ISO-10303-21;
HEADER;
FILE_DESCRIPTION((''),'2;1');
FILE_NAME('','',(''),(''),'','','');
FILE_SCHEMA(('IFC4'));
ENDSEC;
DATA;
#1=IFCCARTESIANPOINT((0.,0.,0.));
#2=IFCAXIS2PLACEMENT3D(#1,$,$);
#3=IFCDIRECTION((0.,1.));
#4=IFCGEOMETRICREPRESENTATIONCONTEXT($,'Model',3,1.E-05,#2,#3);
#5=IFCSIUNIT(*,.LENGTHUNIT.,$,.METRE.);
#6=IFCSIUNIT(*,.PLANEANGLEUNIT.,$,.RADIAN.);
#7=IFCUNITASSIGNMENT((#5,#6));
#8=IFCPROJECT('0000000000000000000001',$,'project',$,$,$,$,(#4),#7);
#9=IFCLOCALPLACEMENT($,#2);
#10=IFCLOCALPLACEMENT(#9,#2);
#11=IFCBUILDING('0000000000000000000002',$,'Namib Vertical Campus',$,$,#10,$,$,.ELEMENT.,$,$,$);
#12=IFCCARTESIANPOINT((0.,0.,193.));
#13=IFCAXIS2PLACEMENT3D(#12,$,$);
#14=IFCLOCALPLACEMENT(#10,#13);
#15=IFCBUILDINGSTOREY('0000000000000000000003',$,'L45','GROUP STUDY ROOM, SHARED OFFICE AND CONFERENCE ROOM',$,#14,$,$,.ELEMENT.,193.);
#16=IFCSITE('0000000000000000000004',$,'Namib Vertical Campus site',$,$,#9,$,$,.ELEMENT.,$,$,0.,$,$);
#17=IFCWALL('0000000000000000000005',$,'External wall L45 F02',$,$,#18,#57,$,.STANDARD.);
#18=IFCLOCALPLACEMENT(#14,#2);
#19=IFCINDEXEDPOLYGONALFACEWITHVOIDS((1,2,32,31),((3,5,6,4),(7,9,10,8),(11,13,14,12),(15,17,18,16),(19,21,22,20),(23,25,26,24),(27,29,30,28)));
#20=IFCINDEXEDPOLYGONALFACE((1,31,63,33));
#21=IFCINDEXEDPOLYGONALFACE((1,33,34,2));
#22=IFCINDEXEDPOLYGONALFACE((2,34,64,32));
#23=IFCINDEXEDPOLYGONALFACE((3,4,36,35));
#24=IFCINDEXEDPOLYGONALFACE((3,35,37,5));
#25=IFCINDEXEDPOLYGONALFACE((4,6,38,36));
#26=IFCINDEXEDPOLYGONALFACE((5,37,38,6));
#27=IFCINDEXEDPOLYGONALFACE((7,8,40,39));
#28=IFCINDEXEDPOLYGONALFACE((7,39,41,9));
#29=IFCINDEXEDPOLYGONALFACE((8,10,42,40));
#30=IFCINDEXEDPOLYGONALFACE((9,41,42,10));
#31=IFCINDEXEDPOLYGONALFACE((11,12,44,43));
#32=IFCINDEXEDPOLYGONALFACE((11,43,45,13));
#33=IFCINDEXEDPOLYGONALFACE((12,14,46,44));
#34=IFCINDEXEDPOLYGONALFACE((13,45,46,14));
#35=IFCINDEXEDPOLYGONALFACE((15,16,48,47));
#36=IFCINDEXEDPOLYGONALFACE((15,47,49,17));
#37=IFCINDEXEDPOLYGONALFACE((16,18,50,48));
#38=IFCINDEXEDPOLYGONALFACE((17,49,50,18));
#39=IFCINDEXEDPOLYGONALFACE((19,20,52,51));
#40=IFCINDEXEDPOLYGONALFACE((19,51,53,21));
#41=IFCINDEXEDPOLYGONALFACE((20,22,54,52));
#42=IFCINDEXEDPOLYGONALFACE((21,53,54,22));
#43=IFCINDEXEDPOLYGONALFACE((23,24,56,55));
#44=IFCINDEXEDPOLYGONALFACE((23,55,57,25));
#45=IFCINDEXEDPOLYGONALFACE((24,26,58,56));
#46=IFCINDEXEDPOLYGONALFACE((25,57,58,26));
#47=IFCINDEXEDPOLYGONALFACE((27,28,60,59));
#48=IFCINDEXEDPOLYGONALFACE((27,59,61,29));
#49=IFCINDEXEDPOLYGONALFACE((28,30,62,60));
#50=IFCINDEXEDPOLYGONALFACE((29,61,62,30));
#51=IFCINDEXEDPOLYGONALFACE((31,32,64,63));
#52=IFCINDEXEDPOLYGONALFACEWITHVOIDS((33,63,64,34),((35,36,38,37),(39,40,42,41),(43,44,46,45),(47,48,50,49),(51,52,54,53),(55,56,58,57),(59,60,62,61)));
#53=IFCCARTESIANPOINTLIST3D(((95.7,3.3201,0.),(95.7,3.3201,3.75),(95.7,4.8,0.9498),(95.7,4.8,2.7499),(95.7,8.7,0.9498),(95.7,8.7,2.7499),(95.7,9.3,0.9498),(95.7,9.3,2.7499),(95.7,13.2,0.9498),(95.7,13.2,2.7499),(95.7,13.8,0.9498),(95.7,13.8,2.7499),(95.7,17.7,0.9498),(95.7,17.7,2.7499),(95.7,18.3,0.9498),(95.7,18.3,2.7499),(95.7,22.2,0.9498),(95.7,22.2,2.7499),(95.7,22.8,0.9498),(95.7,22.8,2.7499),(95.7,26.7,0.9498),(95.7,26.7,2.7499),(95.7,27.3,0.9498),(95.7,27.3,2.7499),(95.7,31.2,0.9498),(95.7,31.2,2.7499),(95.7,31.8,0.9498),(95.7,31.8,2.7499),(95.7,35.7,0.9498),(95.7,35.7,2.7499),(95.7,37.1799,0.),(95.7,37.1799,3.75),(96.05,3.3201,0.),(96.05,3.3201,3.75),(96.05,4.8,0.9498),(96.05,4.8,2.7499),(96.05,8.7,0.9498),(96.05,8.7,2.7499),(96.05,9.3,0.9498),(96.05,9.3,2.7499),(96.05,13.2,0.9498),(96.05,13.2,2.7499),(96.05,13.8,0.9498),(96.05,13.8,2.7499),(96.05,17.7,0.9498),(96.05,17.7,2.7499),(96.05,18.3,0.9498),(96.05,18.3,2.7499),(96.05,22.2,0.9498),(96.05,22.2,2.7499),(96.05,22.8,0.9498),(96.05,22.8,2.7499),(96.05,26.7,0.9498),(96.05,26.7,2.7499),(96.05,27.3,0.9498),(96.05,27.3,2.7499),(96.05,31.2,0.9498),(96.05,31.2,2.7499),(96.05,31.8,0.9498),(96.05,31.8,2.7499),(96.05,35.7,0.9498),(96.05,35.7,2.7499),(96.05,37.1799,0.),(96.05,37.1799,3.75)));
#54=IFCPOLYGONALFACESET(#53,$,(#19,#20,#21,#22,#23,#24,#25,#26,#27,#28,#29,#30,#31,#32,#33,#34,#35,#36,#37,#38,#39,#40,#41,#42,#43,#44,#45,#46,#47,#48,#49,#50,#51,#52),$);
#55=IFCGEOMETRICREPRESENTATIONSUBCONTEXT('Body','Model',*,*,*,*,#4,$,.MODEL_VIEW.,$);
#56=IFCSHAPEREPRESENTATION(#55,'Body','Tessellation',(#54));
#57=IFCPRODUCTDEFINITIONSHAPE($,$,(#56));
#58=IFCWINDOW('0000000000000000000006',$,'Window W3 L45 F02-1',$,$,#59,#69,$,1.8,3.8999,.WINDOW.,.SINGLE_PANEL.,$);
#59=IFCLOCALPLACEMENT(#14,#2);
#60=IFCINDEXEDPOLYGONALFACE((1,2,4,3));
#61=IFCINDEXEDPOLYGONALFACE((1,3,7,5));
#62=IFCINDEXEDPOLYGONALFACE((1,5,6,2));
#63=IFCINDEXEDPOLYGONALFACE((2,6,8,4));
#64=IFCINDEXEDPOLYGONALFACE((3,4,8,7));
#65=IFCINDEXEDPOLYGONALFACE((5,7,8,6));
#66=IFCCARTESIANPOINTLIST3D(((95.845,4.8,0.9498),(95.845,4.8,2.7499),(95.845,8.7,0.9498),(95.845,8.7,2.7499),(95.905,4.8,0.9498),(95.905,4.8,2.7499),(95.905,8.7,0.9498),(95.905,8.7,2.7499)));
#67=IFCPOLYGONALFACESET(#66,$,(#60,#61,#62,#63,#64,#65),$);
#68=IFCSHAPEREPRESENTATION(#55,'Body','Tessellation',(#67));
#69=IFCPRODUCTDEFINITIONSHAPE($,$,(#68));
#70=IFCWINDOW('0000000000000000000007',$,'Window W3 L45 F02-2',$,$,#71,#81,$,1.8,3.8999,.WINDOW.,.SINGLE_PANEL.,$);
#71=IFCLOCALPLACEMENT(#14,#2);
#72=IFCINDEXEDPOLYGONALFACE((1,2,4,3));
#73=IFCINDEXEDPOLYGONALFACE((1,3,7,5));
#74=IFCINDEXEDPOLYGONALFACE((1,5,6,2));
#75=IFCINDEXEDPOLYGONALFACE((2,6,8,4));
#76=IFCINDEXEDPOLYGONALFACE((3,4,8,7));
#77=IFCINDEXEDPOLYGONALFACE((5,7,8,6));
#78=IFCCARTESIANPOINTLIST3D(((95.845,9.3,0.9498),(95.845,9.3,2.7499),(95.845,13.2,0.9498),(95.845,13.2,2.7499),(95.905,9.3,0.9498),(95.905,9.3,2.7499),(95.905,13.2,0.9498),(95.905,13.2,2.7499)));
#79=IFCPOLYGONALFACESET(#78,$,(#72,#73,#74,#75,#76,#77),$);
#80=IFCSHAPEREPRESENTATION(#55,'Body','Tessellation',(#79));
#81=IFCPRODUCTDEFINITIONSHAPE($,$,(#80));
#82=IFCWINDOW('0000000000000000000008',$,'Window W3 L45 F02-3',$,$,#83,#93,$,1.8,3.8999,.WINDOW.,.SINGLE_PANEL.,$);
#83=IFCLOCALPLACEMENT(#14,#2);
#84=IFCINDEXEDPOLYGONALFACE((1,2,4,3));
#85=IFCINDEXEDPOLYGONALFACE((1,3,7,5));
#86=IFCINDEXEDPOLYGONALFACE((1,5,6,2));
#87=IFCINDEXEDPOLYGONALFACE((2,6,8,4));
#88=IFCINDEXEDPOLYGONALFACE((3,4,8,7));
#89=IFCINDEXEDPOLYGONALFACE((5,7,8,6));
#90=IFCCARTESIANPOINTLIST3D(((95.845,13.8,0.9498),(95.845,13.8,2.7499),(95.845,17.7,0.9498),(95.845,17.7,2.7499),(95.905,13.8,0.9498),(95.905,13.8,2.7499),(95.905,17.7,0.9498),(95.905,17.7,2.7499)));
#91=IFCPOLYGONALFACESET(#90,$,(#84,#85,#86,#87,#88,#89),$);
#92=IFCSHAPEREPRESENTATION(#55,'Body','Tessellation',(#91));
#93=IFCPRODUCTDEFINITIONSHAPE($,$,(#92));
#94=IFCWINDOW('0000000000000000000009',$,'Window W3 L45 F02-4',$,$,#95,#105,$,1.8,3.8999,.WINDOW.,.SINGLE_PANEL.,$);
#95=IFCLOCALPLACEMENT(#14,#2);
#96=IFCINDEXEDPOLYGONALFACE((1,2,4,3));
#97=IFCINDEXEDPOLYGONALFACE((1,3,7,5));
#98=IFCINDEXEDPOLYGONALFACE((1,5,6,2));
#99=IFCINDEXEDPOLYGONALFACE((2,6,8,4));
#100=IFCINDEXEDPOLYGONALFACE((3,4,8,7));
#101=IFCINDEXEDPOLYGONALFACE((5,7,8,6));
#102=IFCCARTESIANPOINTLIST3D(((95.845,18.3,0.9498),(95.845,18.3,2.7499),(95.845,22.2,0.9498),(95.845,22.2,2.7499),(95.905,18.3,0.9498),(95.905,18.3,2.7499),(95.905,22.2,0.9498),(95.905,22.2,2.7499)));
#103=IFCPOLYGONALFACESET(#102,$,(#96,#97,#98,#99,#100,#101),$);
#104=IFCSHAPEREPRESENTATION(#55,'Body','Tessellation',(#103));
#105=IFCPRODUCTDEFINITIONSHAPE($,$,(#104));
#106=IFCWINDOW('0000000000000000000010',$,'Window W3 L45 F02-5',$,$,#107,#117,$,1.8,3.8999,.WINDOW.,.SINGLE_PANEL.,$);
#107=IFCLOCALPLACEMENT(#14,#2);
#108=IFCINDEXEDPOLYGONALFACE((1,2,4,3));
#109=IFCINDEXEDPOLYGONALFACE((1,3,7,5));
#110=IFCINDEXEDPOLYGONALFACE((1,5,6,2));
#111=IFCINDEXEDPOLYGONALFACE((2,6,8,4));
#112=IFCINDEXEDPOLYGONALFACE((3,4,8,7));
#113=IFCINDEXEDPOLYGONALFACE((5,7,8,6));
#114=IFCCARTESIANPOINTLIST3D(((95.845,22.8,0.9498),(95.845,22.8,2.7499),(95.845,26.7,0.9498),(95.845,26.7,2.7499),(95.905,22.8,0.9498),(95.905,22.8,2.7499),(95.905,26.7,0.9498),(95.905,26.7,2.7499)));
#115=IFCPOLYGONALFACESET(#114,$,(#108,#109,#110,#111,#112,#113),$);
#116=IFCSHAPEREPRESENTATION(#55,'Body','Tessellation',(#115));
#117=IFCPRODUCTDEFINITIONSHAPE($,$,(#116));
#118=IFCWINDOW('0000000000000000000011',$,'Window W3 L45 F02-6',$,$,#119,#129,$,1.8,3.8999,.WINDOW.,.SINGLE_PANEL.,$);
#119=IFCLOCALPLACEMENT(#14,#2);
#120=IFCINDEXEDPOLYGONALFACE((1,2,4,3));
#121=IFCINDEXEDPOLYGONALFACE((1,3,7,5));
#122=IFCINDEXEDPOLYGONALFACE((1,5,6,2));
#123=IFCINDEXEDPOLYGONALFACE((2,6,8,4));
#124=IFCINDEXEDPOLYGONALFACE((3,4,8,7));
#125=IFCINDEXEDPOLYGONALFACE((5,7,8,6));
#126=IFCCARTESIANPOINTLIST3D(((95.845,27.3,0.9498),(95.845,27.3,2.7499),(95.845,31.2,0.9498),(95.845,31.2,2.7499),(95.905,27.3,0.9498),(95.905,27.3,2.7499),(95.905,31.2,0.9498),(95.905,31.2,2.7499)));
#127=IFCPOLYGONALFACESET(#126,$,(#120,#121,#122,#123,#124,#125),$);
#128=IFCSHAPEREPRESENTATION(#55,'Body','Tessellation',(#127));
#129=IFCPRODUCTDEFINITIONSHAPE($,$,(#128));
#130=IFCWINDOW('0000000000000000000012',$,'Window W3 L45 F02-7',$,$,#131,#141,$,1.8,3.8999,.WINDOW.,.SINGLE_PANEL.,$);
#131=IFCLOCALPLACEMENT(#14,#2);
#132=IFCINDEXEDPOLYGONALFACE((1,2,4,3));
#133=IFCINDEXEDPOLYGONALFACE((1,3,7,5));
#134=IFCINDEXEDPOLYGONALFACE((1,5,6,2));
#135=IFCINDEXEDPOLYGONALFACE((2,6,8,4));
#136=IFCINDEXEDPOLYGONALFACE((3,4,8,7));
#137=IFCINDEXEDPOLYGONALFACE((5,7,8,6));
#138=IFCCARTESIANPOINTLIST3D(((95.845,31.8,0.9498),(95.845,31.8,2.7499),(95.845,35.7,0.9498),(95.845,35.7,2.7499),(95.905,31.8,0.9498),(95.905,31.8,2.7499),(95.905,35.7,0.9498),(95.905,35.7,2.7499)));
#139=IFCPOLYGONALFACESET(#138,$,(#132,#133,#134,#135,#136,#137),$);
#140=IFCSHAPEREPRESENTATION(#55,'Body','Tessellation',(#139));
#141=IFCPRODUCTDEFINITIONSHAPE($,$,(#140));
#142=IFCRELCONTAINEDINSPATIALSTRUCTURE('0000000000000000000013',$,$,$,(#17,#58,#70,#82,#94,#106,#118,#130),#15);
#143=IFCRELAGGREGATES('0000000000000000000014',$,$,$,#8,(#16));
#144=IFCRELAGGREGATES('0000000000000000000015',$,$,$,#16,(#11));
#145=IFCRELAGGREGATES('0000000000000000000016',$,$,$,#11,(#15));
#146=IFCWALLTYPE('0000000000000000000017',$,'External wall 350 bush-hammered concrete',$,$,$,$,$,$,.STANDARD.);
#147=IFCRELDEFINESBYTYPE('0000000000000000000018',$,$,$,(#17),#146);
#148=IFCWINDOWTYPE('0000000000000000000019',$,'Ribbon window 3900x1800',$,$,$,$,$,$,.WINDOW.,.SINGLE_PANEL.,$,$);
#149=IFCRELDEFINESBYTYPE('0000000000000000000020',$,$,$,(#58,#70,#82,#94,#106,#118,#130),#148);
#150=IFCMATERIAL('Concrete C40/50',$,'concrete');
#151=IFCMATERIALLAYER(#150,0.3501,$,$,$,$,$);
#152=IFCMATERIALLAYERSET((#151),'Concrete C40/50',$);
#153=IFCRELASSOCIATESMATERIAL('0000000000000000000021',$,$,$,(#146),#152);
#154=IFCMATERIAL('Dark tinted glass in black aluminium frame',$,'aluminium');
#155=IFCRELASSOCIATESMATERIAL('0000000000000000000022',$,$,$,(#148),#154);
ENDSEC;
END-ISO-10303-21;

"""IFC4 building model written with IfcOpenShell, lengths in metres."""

from ifc_helpers import new_model, si_unit, direction, frame, frame_2d, origin, place, context, subcontext, project, spatial, rectangle, extrude, material, layer, layer_set, type_object, element, fill, save


model = new_model("IFC4")

# Units and contexts
model_context = context("Model", 3, precision=1e-05, world=origin(), true_north=direction((0.0, 1.0)))
body_context = subcontext(model_context, "Body", "Model", "MODEL_VIEW")
ifc_project = project(units=[si_unit("LENGTHUNIT", "METRE"), si_unit("PLANEANGLEUNIT", "RADIAN")], contexts=[model_context])

# Site, building, storey
site_placement = place(None, origin())
site = spatial("IfcSite", under=ifc_project, at=site_placement, Name="Namib Vertical Campus site", CompositionType="ELEMENT", RefElevation=0.0)
building_placement = place(site_placement, origin())
building = spatial("IfcBuilding", under=site, at=building_placement, Name="Namib Vertical Campus", CompositionType="ELEMENT")
storey_placement = place(building_placement, frame((0.0, 0.0, 193.0)))
storey = spatial("IfcBuildingStorey", under=building, at=storey_placement, Name="L45", Description="GROUP STUDY ROOM, SHARED OFFICE AND CONFERENCE ROOM", CompositionType="ELEMENT", Elevation=193.0)

# Wall, openings, windows
ifc_material_1 = material(Name="Concrete C40/50", Category="concrete")
ifc_layer_1 = layer(ifc_material_1, 0.3501)
ifc_layer_set_1 = layer_set([ifc_layer_1], Name="Concrete C40/50")
wall_type_1 = type_object("IfcWallType", Name="External wall 350 bush-hammered concrete", PredefinedType="STANDARD", material=ifc_layer_set_1)
wall_1_placement = place(storey_placement, frame((95.875, 3.3201, 0.0), z_axis=(0.0, 0.0, 1.0), x_axis=(0.0, 1.0, 0.0)))
wall_1 = element("IfcWall", 1, at=wall_1_placement, inside=storey, type_object=wall_type_1, Name="External wall L45 F02", PredefinedType="STANDARD", context=body_context, shape_type="SweptSolid", body=[
    extrude(rectangle(XDim=33.8599, YDim=0.3501, at=frame_2d((16.9299, 0.0))), origin(), (0.0, 0.0, 1.0), 3.75),
])
opening_1_placement = place(wall_1_placement, frame((1.48, 0.0, 0.95)))
opening_1 = element("IfcOpeningElement", 2, at=opening_1_placement, cuts=wall_1, PredefinedType="OPENING", context=body_context, shape_type="SweptSolid", body=[
    extrude(rectangle(XDim=3.8999, YDim=1.8, at=frame_2d((1.95, 0.8999))), frame((0.0, 0.1851, 0.0), z_axis=(0.0, -1.0, 0.0), x_axis=(1.0, 0.0, 0.0)), (0.0, 0.0, 1.0), 0.3701),
])
opening_2_placement = place(wall_1_placement, frame((5.98, 0.0, 0.95)))
opening_2 = element("IfcOpeningElement", 3, at=opening_2_placement, cuts=wall_1, PredefinedType="OPENING", context=body_context, shape_type="SweptSolid", body=[
    extrude(rectangle(XDim=3.8999, YDim=1.8, at=frame_2d((1.95, 0.8999))), frame((0.0, 0.1851, 0.0), z_axis=(0.0, -1.0, 0.0), x_axis=(1.0, 0.0, 0.0)), (0.0, 0.0, 1.0), 0.3701),
])
opening_3_placement = place(wall_1_placement, frame((10.48, 0.0, 0.95)))
opening_3 = element("IfcOpeningElement", 4, at=opening_3_placement, cuts=wall_1, PredefinedType="OPENING", context=body_context, shape_type="SweptSolid", body=[
    extrude(rectangle(XDim=3.8999, YDim=1.8, at=frame_2d((1.95, 0.8999))), frame((0.0, 0.1851, 0.0), z_axis=(0.0, -1.0, 0.0), x_axis=(1.0, 0.0, 0.0)), (0.0, 0.0, 1.0), 0.3701),
])
opening_4_placement = place(wall_1_placement, frame((14.98, 0.0, 0.95)))
opening_4 = element("IfcOpeningElement", 5, at=opening_4_placement, cuts=wall_1, PredefinedType="OPENING", context=body_context, shape_type="SweptSolid", body=[
    extrude(rectangle(XDim=3.8999, YDim=1.8, at=frame_2d((1.95, 0.8999))), frame((0.0, 0.1851, 0.0), z_axis=(0.0, -1.0, 0.0), x_axis=(1.0, 0.0, 0.0)), (0.0, 0.0, 1.0), 0.3701),
])
opening_5_placement = place(wall_1_placement, frame((19.48, 0.0, 0.95)))
opening_5 = element("IfcOpeningElement", 6, at=opening_5_placement, cuts=wall_1, PredefinedType="OPENING", context=body_context, shape_type="SweptSolid", body=[
    extrude(rectangle(XDim=3.8999, YDim=1.8, at=frame_2d((1.95, 0.8999))), frame((0.0, 0.1851, 0.0), z_axis=(0.0, -1.0, 0.0), x_axis=(1.0, 0.0, 0.0)), (0.0, 0.0, 1.0), 0.3701),
])
opening_6_placement = place(wall_1_placement, frame((23.98, 0.0, 0.95)))
opening_6 = element("IfcOpeningElement", 7, at=opening_6_placement, cuts=wall_1, PredefinedType="OPENING", context=body_context, shape_type="SweptSolid", body=[
    extrude(rectangle(XDim=3.8999, YDim=1.8, at=frame_2d((1.95, 0.8999))), frame((0.0, 0.1851, 0.0), z_axis=(0.0, -1.0, 0.0), x_axis=(1.0, 0.0, 0.0)), (0.0, 0.0, 1.0), 0.3701),
])
opening_7_placement = place(wall_1_placement, frame((28.48, 0.0, 0.95)))
opening_7 = element("IfcOpeningElement", 8, at=opening_7_placement, cuts=wall_1, PredefinedType="OPENING", context=body_context, shape_type="SweptSolid", body=[
    extrude(rectangle(XDim=3.8999, YDim=1.8, at=frame_2d((1.95, 0.8999))), frame((0.0, 0.1851, 0.0), z_axis=(0.0, -1.0, 0.0), x_axis=(1.0, 0.0, 0.0)), (0.0, 0.0, 1.0), 0.3701),
])
ifc_material_2 = material(Name="Dark tinted glass in black aluminium frame", Category="aluminium")
window_type = type_object("IfcWindowType", Name="Ribbon window 3900x1800", PartitioningType="SINGLE_PANEL", PredefinedType="WINDOW", material=ifc_material_2)
window_1_placement = place(opening_1_placement, origin())
window_1 = element("IfcWindow", 9, at=window_1_placement, inside=storey, type_object=window_type, Name="Window W3 L45 F02-1", OverallHeight=1.8, OverallWidth=3.8999, PartitioningType="SINGLE_PANEL", PredefinedType="WINDOW", context=body_context, shape_type="SweptSolid", body=[
    extrude(rectangle(XDim=3.8999, YDim=1.8, at=frame_2d((1.95, 0.8999))), frame((0.0, 0.03, 0.0), z_axis=(0.0, -1.0, 0.0), x_axis=(1.0, 0.0, 0.0)), (0.0, 0.0, 1.0), 0.0601),
])
fill(opening_1, window_1)
window_2_placement = place(opening_2_placement, origin())
window_2 = element("IfcWindow", 10, at=window_2_placement, inside=storey, type_object=window_type, Name="Window W3 L45 F02-2", OverallHeight=1.8, OverallWidth=3.8999, PartitioningType="SINGLE_PANEL", PredefinedType="WINDOW", context=body_context, shape_type="SweptSolid", body=[
    extrude(rectangle(XDim=3.8999, YDim=1.8, at=frame_2d((1.95, 0.8999))), frame((0.0, 0.03, 0.0), z_axis=(0.0, -1.0, 0.0), x_axis=(1.0, 0.0, 0.0)), (0.0, 0.0, 1.0), 0.0601),
])
fill(opening_2, window_2)
window_3_placement = place(opening_3_placement, origin())
window_3 = element("IfcWindow", 11, at=window_3_placement, inside=storey, type_object=window_type, Name="Window W3 L45 F02-3", OverallHeight=1.8, OverallWidth=3.8999, PartitioningType="SINGLE_PANEL", PredefinedType="WINDOW", context=body_context, shape_type="SweptSolid", body=[
    extrude(rectangle(XDim=3.8999, YDim=1.8, at=frame_2d((1.95, 0.8999))), frame((0.0, 0.03, 0.0), z_axis=(0.0, -1.0, 0.0), x_axis=(1.0, 0.0, 0.0)), (0.0, 0.0, 1.0), 0.0601),
])
fill(opening_3, window_3)
window_4_placement = place(opening_4_placement, origin())
window_4 = element("IfcWindow", 12, at=window_4_placement, inside=storey, type_object=window_type, Name="Window W3 L45 F02-4", OverallHeight=1.8, OverallWidth=3.8999, PartitioningType="SINGLE_PANEL", PredefinedType="WINDOW", context=body_context, shape_type="SweptSolid", body=[
    extrude(rectangle(XDim=3.8999, YDim=1.8, at=frame_2d((1.95, 0.8999))), frame((0.0, 0.03, 0.0), z_axis=(0.0, -1.0, 0.0), x_axis=(1.0, 0.0, 0.0)), (0.0, 0.0, 1.0), 0.0601),
])
fill(opening_4, window_4)
window_5_placement = place(opening_5_placement, origin())
window_5 = element("IfcWindow", 13, at=window_5_placement, inside=storey, type_object=window_type, Name="Window W3 L45 F02-5", OverallHeight=1.8, OverallWidth=3.8999, PartitioningType="SINGLE_PANEL", PredefinedType="WINDOW", context=body_context, shape_type="SweptSolid", body=[
    extrude(rectangle(XDim=3.8999, YDim=1.8, at=frame_2d((1.95, 0.8999))), frame((0.0, 0.03, 0.0), z_axis=(0.0, -1.0, 0.0), x_axis=(1.0, 0.0, 0.0)), (0.0, 0.0, 1.0), 0.0601),
])
fill(opening_5, window_5)
window_6_placement = place(opening_6_placement, origin())
window_6 = element("IfcWindow", 14, at=window_6_placement, inside=storey, type_object=window_type, Name="Window W3 L45 F02-6", OverallHeight=1.8, OverallWidth=3.8999, PartitioningType="SINGLE_PANEL", PredefinedType="WINDOW", context=body_context, shape_type="SweptSolid", body=[
    extrude(rectangle(XDim=3.8999, YDim=1.8, at=frame_2d((1.95, 0.8999))), frame((0.0, 0.03, 0.0), z_axis=(0.0, -1.0, 0.0), x_axis=(1.0, 0.0, 0.0)), (0.0, 0.0, 1.0), 0.0601),
])
fill(opening_6, window_6)
window_7_placement = place(opening_7_placement, origin())
window_7 = element("IfcWindow", 15, at=window_7_placement, inside=storey, type_object=window_type, Name="Window W3 L45 F02-7", OverallHeight=1.8, OverallWidth=3.8999, PartitioningType="SINGLE_PANEL", PredefinedType="WINDOW", context=body_context, shape_type="SweptSolid", body=[
    extrude(rectangle(XDim=3.8999, YDim=1.8, at=frame_2d((1.95, 0.8999))), frame((0.0, 0.03, 0.0), z_axis=(0.0, -1.0, 0.0), x_axis=(1.0, 0.0, 0.0)), (0.0, 0.0, 1.0), 0.0601),
])
fill(opening_7, window_7)

save(model, "model.ifc")
